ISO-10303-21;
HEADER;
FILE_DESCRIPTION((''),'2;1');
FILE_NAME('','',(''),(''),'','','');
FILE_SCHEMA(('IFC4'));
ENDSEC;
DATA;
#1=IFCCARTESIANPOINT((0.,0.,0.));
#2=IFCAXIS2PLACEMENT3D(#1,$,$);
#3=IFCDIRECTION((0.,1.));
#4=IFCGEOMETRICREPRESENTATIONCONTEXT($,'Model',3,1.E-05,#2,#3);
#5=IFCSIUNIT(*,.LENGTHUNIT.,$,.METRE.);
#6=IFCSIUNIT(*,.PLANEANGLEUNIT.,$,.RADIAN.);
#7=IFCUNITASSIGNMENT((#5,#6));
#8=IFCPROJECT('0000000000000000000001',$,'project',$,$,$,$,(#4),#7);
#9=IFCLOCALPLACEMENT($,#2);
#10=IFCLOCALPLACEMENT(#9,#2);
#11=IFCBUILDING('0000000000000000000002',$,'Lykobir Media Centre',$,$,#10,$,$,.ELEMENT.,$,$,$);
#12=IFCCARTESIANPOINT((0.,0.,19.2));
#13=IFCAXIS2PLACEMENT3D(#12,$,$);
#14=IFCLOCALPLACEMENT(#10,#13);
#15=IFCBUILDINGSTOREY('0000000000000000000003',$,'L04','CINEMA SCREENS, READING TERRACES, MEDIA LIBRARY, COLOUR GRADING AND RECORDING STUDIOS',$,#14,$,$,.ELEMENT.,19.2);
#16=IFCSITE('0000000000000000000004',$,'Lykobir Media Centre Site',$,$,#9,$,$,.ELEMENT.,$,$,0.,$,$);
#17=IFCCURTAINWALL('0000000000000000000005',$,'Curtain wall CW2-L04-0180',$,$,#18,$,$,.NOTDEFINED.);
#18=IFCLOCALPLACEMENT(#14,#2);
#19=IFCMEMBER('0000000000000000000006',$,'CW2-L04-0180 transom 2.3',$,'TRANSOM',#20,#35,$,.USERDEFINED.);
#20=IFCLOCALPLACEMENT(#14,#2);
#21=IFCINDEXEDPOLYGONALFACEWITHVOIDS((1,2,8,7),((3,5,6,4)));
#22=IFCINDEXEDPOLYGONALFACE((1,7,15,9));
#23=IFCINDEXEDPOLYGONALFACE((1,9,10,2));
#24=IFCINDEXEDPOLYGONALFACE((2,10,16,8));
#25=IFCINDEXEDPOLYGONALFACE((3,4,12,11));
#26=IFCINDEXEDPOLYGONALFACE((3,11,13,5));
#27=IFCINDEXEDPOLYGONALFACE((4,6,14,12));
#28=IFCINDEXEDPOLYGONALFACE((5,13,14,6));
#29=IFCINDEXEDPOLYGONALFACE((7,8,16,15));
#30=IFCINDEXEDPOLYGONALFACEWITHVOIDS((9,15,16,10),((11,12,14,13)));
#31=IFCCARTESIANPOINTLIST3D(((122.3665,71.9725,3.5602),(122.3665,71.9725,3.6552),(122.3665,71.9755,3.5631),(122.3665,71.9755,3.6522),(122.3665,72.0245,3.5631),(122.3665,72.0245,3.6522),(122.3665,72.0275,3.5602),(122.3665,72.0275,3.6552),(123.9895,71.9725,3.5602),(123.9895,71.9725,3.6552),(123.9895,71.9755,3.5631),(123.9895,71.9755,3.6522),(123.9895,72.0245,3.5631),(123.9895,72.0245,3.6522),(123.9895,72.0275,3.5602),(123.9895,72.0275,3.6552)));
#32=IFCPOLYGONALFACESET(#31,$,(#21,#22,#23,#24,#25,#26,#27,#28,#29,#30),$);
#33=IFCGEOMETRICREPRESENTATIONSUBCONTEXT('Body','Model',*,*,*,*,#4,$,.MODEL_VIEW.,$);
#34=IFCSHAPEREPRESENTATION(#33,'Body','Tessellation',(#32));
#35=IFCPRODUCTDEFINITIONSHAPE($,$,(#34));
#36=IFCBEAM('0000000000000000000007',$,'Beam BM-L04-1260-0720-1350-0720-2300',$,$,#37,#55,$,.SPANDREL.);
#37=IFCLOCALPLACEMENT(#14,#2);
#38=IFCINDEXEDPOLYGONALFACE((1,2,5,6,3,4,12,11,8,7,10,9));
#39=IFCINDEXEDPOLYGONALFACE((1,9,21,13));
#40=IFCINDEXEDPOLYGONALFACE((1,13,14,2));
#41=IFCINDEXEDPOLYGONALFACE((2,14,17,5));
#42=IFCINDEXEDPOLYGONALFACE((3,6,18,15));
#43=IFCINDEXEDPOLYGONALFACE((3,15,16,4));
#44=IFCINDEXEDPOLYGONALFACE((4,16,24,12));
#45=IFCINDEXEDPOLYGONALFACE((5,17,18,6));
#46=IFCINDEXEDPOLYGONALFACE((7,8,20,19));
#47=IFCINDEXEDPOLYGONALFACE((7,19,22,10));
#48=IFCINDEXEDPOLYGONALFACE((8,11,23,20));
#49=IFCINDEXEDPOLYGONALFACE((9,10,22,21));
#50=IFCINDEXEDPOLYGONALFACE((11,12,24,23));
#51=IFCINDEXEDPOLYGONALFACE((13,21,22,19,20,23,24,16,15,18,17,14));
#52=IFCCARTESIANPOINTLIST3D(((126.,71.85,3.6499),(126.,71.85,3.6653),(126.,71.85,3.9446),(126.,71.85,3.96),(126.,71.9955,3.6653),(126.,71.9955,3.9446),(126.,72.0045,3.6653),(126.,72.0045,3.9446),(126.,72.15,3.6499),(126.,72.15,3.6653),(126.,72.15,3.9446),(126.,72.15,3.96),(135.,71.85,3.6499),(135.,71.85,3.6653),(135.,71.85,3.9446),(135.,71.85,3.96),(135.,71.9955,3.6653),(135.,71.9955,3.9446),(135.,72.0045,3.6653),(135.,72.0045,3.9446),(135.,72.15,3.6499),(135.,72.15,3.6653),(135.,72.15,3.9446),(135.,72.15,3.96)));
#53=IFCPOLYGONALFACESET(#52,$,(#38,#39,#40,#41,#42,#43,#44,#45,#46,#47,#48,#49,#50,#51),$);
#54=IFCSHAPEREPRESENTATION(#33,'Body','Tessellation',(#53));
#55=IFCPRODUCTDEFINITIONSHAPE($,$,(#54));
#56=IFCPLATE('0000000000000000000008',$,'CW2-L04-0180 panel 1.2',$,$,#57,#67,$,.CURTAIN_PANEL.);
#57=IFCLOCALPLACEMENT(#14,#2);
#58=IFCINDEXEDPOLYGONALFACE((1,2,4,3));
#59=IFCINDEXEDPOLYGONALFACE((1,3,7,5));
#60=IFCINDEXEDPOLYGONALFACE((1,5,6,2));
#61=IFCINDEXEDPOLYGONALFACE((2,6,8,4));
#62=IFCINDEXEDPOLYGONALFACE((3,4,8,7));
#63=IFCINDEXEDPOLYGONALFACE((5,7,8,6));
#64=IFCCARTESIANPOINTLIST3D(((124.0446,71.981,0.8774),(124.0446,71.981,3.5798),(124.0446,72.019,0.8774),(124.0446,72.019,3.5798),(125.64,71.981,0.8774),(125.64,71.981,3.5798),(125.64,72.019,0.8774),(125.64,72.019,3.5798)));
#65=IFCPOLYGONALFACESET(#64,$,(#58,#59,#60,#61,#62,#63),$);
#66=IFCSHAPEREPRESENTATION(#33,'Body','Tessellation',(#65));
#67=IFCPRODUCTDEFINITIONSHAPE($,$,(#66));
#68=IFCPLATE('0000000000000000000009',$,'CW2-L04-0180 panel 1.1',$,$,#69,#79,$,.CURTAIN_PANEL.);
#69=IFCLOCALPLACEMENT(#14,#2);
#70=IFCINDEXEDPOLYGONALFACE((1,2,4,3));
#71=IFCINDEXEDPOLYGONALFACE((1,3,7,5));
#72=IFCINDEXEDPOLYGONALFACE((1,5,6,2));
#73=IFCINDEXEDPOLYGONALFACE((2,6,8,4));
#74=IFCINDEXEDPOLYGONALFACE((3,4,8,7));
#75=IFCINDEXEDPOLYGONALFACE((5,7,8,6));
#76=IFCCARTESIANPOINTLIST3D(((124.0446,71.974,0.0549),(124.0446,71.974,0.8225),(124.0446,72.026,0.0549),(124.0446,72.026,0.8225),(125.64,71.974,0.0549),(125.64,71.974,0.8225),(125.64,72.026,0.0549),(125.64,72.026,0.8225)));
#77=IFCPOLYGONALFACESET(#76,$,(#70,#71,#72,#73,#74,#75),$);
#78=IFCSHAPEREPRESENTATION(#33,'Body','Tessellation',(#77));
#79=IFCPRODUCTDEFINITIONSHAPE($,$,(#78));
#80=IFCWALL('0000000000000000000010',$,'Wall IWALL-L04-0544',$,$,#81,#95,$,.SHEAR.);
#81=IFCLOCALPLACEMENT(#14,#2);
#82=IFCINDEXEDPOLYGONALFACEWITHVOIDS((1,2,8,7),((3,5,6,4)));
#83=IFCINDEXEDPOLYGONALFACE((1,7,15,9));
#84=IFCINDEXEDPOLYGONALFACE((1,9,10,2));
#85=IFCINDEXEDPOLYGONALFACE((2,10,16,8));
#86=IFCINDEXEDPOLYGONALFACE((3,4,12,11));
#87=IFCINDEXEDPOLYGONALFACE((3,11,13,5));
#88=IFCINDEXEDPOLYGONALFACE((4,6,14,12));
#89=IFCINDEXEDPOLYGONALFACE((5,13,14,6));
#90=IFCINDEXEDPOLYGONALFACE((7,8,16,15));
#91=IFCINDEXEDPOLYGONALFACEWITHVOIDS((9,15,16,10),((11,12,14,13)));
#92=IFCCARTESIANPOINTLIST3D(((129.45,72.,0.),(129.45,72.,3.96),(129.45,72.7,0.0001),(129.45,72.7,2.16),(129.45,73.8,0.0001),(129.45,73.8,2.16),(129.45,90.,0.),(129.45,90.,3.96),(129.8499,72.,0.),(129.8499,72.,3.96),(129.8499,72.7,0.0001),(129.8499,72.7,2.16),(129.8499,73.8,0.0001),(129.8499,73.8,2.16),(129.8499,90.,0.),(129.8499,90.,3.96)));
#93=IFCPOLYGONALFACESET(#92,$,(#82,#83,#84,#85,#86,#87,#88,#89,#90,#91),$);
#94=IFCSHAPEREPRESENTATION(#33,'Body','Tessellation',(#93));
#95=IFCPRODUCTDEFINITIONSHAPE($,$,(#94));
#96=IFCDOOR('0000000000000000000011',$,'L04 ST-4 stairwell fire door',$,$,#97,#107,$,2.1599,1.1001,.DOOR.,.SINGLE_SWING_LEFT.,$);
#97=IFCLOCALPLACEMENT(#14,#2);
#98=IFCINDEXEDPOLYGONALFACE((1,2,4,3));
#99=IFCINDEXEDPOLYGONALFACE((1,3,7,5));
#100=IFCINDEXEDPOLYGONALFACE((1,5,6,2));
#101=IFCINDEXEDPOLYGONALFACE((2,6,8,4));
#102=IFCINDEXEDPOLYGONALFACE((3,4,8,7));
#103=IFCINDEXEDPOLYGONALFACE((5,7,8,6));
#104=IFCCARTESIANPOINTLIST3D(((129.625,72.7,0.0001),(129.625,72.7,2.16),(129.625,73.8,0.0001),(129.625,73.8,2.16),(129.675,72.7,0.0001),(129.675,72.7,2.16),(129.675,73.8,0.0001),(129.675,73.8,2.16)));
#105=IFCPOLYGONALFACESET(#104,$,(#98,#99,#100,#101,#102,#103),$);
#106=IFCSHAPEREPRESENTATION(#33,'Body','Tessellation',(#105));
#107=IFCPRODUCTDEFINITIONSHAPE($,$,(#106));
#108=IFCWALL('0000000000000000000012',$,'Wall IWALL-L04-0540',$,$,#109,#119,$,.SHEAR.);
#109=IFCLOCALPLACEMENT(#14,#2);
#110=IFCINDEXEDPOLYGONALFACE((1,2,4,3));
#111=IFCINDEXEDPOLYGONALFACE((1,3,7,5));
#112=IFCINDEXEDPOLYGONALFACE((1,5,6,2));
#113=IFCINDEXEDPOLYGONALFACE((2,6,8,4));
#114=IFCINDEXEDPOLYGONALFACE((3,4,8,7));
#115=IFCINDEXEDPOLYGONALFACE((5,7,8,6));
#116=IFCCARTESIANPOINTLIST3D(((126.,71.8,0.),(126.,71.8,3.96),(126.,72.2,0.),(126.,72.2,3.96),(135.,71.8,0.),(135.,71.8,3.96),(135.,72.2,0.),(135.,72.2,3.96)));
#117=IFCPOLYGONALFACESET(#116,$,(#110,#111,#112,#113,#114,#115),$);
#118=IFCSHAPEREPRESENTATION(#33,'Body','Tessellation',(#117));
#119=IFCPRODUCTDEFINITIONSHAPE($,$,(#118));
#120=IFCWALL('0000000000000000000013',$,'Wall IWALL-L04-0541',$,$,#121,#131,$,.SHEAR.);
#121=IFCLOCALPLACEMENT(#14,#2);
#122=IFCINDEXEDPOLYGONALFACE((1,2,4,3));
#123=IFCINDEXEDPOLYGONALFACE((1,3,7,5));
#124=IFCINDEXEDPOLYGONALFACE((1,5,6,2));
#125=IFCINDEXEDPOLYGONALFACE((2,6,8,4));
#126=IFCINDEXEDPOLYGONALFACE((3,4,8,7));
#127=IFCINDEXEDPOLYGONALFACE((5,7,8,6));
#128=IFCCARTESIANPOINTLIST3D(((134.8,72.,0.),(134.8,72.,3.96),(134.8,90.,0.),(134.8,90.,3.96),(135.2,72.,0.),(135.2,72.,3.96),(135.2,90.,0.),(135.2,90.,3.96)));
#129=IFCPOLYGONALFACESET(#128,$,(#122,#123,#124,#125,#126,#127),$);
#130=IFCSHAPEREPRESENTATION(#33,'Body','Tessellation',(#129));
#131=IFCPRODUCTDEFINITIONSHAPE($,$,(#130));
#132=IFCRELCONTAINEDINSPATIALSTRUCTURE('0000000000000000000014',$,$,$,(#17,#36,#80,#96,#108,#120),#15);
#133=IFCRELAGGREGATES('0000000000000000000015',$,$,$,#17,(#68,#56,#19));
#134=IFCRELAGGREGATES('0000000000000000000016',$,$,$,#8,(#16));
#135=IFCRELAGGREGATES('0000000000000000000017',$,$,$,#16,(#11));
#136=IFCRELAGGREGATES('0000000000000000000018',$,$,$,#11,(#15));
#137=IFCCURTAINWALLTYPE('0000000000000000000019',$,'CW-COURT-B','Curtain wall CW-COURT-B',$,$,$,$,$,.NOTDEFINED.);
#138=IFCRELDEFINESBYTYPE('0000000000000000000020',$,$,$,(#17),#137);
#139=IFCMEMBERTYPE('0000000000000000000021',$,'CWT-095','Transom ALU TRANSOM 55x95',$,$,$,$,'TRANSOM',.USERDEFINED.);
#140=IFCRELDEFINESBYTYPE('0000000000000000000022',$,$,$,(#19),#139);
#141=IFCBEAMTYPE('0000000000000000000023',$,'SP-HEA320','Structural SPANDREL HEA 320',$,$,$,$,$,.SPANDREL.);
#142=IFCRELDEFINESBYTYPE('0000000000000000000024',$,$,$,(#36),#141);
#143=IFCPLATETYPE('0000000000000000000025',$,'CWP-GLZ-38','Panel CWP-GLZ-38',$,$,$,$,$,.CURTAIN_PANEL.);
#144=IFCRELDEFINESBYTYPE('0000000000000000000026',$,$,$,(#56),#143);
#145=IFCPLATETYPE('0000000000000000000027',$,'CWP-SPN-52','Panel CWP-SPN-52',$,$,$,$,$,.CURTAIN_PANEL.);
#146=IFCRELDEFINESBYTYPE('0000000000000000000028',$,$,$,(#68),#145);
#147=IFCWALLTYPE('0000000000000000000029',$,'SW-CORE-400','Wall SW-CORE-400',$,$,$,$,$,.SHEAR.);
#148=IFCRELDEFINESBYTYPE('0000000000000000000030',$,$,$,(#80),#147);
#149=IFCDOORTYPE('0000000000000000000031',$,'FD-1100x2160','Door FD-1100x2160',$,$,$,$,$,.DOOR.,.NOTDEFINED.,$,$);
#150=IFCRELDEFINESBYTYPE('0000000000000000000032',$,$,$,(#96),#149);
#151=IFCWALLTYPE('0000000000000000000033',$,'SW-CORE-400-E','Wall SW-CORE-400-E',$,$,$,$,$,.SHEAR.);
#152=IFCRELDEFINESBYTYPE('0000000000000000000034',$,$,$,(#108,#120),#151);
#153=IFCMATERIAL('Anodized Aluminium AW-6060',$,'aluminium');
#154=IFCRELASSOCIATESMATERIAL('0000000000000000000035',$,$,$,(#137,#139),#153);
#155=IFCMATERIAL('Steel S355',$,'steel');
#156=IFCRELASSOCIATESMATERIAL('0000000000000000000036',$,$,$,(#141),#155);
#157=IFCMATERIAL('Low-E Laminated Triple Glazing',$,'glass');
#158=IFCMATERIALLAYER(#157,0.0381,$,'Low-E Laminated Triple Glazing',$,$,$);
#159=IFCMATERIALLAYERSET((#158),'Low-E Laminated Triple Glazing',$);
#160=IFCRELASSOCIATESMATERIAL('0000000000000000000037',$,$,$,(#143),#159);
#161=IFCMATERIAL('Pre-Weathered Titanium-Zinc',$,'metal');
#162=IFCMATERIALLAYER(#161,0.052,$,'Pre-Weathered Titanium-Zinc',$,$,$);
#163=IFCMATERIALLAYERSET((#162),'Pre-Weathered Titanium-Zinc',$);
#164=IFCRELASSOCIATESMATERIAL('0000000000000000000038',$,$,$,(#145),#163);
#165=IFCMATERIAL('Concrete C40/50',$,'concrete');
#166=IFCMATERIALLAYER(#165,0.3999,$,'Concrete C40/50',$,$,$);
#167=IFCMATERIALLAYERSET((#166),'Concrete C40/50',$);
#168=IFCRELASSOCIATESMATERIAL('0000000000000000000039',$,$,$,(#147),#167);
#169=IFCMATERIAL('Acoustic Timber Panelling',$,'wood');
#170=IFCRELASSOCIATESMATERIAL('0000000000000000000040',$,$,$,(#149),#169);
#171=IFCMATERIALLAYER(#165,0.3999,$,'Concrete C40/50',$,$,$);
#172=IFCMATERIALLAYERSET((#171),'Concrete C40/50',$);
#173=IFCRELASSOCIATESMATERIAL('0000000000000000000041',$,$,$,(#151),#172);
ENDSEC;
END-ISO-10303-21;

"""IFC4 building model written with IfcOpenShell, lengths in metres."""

from ifc_helpers import new_model, si_unit, direction, frame, frame_2d, origin, origin_2d, place, context, subcontext, project, spatial, rectangle, hollow_rectangle, i_section, extrude, material, layer, layer_set, material_profile, profile_set, type_object, element, fill, aggregate, save


model = new_model("IFC4")

# Units and contexts
model_context = context("Model", 3, precision=1e-05, world=origin(), true_north=direction((0.0, 1.0)))
body_context = subcontext(model_context, "Body", "Model", "MODEL_VIEW")
ifc_project = project(units=[si_unit("LENGTHUNIT", "METRE"), si_unit("PLANEANGLEUNIT", "RADIAN")], contexts=[model_context])

# Site, building, storey
site_placement = place(None, origin())
site = spatial("IfcSite", under=ifc_project, at=site_placement, Name="Lykobir Media Centre Site", CompositionType="ELEMENT", RefElevation=0.0)
building_placement = place(site_placement, origin())
building = spatial("IfcBuilding", under=site, at=building_placement, Name="Lykobir Media Centre", CompositionType="ELEMENT")
storey_placement = place(building_placement, frame((0.0, 0.0, 19.2)))
storey = spatial("IfcBuildingStorey", under=building, at=storey_placement, Name="L04", Description="CINEMA SCREENS, READING TERRACES, MEDIA LIBRARY, COLOUR GRADING AND RECORDING STUDIOS", CompositionType="ELEMENT", Elevation=19.2)

# Shared definitions
ifc_material_1 = material(Name="Concrete C40/50", Category="concrete")

# Shared definitions
ifc_material_2 = material(Name="Steel S355", Category="steel")

# Curtain wall, member
ifc_material_3 = material(Name="Anodized Aluminium AW-6060", Category="aluminium")
curtain_wall_type = type_object("IfcCurtainWallType", Name="CW-COURT-B", Description="Curtain wall CW-COURT-B", PredefinedType="NOTDEFINED", material=ifc_material_3)
curtain_wall_placement = place(storey_placement, origin())
curtain_wall = element("IfcCurtainWall", 1, at=curtain_wall_placement, inside=storey, type_object=curtain_wall_type, Name="Curtain wall CW2-L04-0180", PredefinedType="NOTDEFINED")
ifc_material_profile_1 = material_profile(ifc_material_3, hollow_rectangle(XDim=0.0549, YDim=0.095, WallThickness=0.0029, at=origin_2d()), Name="ALU TRANSOM 55x95")
ifc_profile_set_1 = profile_set([ifc_material_profile_1], Name="Anodized Aluminium AW-6060")
member_type_1 = type_object("IfcMemberType", Name="CWT-095", Description="Transom ALU TRANSOM 55x95", ElementType="TRANSOM", PredefinedType="USERDEFINED", material=ifc_profile_set_1)
member_1_placement = place(storey_placement, frame((123.9895, 72.0, 3.6077), z_axis=(-1.0, 0.0, 0.0), x_axis=(0.0, -1.0, 0.0)))
member_1 = element("IfcMember", 2, at=member_1_placement, type_object=member_type_1, Name="CW2-L04-0180 transom 2.3", ObjectType="TRANSOM", PredefinedType="USERDEFINED", context=body_context, shape_type="SweptSolid", body=[
    extrude(hollow_rectangle(XDim=0.0549, YDim=0.095, WallThickness=0.0029, at=origin_2d()), origin(), (0.0, 0.0, 1.0), 1.623),
])

# Beam
ifc_material_profile_2 = material_profile(ifc_material_2, i_section(OverallWidth=0.3, OverallDepth=0.3101, WebThickness=0.009, FlangeThickness=0.0154, at=origin_2d()), Name="HEA 320")
ifc_profile_set_2 = profile_set([ifc_material_profile_2], Name="Steel S355")
beam_type_1 = type_object("IfcBeamType", Name="SP-HEA320", Description="Structural SPANDREL HEA 320", PredefinedType="SPANDREL", material=ifc_profile_set_2)
beam_placement = place(storey_placement, frame((126.0, 72.0, 3.8049), z_axis=(1.0, 0.0, 0.0), x_axis=(0.0, 1.0, 0.0)))
element("IfcBeam", 3, at=beam_placement, inside=storey, type_object=beam_type_1, Name="Beam BM-L04-1260-0720-1350-0720-2300", PredefinedType="SPANDREL", context=body_context, shape_type="SweptSolid", body=[
    extrude(i_section(OverallWidth=0.3, OverallDepth=0.3101, WebThickness=0.009, FlangeThickness=0.0154, at=origin_2d()), origin(), (0.0, 0.0, 1.0), 9.0),
])

# Plates
ifc_material_4 = material(Name="Low-E Laminated Triple Glazing", Category="glass")
ifc_layer_1 = layer(ifc_material_4, 0.0381, Name="Low-E Laminated Triple Glazing")
ifc_layer_set_1 = layer_set([ifc_layer_1], Name="Low-E Laminated Triple Glazing")
plate_type_1 = type_object("IfcPlateType", Name="CWP-GLZ-38", Description="Panel CWP-GLZ-38", PredefinedType="CURTAIN_PANEL", material=ifc_layer_set_1)
plate_1_placement = place(storey_placement, frame((124.8423, 72.0, 0.8774), z_axis=(0.0, 0.0, 1.0), x_axis=(-1.0, 0.0, 0.0)))
plate_1 = element("IfcPlate", 4, at=plate_1_placement, type_object=plate_type_1, Name="CW2-L04-0180 panel 1.2", PredefinedType="CURTAIN_PANEL", context=body_context, shape_type="SweptSolid", body=[
    extrude(rectangle(XDim=1.5955, YDim=0.0381, at=origin_2d()), origin(), (0.0, 0.0, 1.0), 2.7024),
])
ifc_material_5 = material(Name="Pre-Weathered Titanium-Zinc", Category="metal")
ifc_layer_2 = layer(ifc_material_5, 0.052, Name="Pre-Weathered Titanium-Zinc")
ifc_layer_set_2 = layer_set([ifc_layer_2], Name="Pre-Weathered Titanium-Zinc")
plate_type_2 = type_object("IfcPlateType", Name="CWP-SPN-52", Description="Panel CWP-SPN-52", PredefinedType="CURTAIN_PANEL", material=ifc_layer_set_2)
plate_2_placement = place(storey_placement, frame((124.8423, 72.0, 0.0549), z_axis=(0.0, 0.0, 1.0), x_axis=(-1.0, 0.0, 0.0)))
plate_2 = element("IfcPlate", 5, at=plate_2_placement, type_object=plate_type_2, Name="CW2-L04-0180 panel 1.1", PredefinedType="CURTAIN_PANEL", context=body_context, shape_type="SweptSolid", body=[
    extrude(rectangle(XDim=1.5955, YDim=0.052, at=origin_2d()), origin(), (0.0, 0.0, 1.0), 0.7676),
])
aggregate(curtain_wall, [plate_2, plate_1, member_1])

# Wall, opening, door
ifc_layer_3 = layer(ifc_material_1, 0.3999, Name="Concrete C40/50")
ifc_layer_set_3 = layer_set([ifc_layer_3], Name="Concrete C40/50")
wall_type_1 = type_object("IfcWallType", Name="SW-CORE-400", Description="Wall SW-CORE-400", PredefinedType="SHEAR", material=ifc_layer_set_3)
wall_1_placement = place(storey_placement, frame((129.6499, 72.0, 0.0), z_axis=(0.0, 0.0, 1.0), x_axis=(0.0, 1.0, 0.0)))
wall_1 = element("IfcWall", 6, at=wall_1_placement, inside=storey, type_object=wall_type_1, Name="Wall IWALL-L04-0544", PredefinedType="SHEAR", context=body_context, shape_type="SweptSolid", body=[
    extrude(rectangle(XDim=18.0, YDim=0.3999, at=frame_2d((9.0, 0.0))), origin(), (0.0, 0.0, 1.0), 3.96),
])
opening_placement = place(wall_1_placement, frame((0.7, 0.0, 0.0)))
opening = element("IfcOpeningElement", 7, at=opening_placement, cuts=wall_1, PredefinedType="OPENING", context=body_context, shape_type="SweptSolid", body=[
    extrude(rectangle(XDim=1.1001, YDim=2.1599, at=frame_2d((0.55, 1.0801))), frame((0.0, 0.21, 0.0), z_axis=(0.0, -1.0, 0.0), x_axis=(1.0, 0.0, 0.0)), (0.0, 0.0, 1.0), 0.4199),
])
ifc_material_6 = material(Name="Acoustic Timber Panelling", Category="wood")
door_type = type_object("IfcDoorType", Name="FD-1100x2160", Description="Door FD-1100x2160", OperationType="NOTDEFINED", PredefinedType="DOOR", material=ifc_material_6)
door_placement = place(opening_placement, origin())
door = element("IfcDoor", 8, at=door_placement, inside=storey, type_object=door_type, Name="L04 ST-4 stairwell fire door", OperationType="SINGLE_SWING_LEFT", OverallHeight=2.1599, OverallWidth=1.1001, PredefinedType="DOOR", context=body_context, shape_type="SweptSolid", body=[
    extrude(rectangle(XDim=1.1001, YDim=2.1599, at=frame_2d((0.55, 1.0801))), frame((0.0, 0.0249, 0.0), z_axis=(0.0, -1.0, 0.0), x_axis=(1.0, 0.0, 0.0)), (0.0, 0.0, 1.0), 0.05),
])
fill(opening, door)

# Walls
ifc_layer_4 = layer(ifc_material_1, 0.3999, Name="Concrete C40/50")
ifc_layer_set_4 = layer_set([ifc_layer_4], Name="Concrete C40/50")
wall_type_2 = type_object("IfcWallType", Name="SW-CORE-400-E", Description="Wall SW-CORE-400-E", PredefinedType="SHEAR", material=ifc_layer_set_4)
wall_2_placement = place(storey_placement, frame((126.0, 72.0, 0.0), z_axis=(0.0, 0.0, 1.0), x_axis=(1.0, 0.0, 0.0)))
element("IfcWall", 9, at=wall_2_placement, inside=storey, type_object=wall_type_2, Name="Wall IWALL-L04-0540", PredefinedType="SHEAR", context=body_context, shape_type="SweptSolid", body=[
    extrude(rectangle(XDim=9.0, YDim=0.3999, at=frame_2d((4.5, 0.0))), origin(), (0.0, 0.0, 1.0), 3.96),
])
wall_3_placement = place(storey_placement, frame((135.0, 72.0, 0.0), z_axis=(0.0, 0.0, 1.0), x_axis=(0.0, 1.0, 0.0)))
element("IfcWall", 10, at=wall_3_placement, inside=storey, type_object=wall_type_2, Name="Wall IWALL-L04-0541", PredefinedType="SHEAR", context=body_context, shape_type="SweptSolid", body=[
    extrude(rectangle(XDim=18.0, YDim=0.3999, at=frame_2d((9.0, 0.0))), origin(), (0.0, 0.0, 1.0), 3.96),
])

save(model, "model.ifc")
